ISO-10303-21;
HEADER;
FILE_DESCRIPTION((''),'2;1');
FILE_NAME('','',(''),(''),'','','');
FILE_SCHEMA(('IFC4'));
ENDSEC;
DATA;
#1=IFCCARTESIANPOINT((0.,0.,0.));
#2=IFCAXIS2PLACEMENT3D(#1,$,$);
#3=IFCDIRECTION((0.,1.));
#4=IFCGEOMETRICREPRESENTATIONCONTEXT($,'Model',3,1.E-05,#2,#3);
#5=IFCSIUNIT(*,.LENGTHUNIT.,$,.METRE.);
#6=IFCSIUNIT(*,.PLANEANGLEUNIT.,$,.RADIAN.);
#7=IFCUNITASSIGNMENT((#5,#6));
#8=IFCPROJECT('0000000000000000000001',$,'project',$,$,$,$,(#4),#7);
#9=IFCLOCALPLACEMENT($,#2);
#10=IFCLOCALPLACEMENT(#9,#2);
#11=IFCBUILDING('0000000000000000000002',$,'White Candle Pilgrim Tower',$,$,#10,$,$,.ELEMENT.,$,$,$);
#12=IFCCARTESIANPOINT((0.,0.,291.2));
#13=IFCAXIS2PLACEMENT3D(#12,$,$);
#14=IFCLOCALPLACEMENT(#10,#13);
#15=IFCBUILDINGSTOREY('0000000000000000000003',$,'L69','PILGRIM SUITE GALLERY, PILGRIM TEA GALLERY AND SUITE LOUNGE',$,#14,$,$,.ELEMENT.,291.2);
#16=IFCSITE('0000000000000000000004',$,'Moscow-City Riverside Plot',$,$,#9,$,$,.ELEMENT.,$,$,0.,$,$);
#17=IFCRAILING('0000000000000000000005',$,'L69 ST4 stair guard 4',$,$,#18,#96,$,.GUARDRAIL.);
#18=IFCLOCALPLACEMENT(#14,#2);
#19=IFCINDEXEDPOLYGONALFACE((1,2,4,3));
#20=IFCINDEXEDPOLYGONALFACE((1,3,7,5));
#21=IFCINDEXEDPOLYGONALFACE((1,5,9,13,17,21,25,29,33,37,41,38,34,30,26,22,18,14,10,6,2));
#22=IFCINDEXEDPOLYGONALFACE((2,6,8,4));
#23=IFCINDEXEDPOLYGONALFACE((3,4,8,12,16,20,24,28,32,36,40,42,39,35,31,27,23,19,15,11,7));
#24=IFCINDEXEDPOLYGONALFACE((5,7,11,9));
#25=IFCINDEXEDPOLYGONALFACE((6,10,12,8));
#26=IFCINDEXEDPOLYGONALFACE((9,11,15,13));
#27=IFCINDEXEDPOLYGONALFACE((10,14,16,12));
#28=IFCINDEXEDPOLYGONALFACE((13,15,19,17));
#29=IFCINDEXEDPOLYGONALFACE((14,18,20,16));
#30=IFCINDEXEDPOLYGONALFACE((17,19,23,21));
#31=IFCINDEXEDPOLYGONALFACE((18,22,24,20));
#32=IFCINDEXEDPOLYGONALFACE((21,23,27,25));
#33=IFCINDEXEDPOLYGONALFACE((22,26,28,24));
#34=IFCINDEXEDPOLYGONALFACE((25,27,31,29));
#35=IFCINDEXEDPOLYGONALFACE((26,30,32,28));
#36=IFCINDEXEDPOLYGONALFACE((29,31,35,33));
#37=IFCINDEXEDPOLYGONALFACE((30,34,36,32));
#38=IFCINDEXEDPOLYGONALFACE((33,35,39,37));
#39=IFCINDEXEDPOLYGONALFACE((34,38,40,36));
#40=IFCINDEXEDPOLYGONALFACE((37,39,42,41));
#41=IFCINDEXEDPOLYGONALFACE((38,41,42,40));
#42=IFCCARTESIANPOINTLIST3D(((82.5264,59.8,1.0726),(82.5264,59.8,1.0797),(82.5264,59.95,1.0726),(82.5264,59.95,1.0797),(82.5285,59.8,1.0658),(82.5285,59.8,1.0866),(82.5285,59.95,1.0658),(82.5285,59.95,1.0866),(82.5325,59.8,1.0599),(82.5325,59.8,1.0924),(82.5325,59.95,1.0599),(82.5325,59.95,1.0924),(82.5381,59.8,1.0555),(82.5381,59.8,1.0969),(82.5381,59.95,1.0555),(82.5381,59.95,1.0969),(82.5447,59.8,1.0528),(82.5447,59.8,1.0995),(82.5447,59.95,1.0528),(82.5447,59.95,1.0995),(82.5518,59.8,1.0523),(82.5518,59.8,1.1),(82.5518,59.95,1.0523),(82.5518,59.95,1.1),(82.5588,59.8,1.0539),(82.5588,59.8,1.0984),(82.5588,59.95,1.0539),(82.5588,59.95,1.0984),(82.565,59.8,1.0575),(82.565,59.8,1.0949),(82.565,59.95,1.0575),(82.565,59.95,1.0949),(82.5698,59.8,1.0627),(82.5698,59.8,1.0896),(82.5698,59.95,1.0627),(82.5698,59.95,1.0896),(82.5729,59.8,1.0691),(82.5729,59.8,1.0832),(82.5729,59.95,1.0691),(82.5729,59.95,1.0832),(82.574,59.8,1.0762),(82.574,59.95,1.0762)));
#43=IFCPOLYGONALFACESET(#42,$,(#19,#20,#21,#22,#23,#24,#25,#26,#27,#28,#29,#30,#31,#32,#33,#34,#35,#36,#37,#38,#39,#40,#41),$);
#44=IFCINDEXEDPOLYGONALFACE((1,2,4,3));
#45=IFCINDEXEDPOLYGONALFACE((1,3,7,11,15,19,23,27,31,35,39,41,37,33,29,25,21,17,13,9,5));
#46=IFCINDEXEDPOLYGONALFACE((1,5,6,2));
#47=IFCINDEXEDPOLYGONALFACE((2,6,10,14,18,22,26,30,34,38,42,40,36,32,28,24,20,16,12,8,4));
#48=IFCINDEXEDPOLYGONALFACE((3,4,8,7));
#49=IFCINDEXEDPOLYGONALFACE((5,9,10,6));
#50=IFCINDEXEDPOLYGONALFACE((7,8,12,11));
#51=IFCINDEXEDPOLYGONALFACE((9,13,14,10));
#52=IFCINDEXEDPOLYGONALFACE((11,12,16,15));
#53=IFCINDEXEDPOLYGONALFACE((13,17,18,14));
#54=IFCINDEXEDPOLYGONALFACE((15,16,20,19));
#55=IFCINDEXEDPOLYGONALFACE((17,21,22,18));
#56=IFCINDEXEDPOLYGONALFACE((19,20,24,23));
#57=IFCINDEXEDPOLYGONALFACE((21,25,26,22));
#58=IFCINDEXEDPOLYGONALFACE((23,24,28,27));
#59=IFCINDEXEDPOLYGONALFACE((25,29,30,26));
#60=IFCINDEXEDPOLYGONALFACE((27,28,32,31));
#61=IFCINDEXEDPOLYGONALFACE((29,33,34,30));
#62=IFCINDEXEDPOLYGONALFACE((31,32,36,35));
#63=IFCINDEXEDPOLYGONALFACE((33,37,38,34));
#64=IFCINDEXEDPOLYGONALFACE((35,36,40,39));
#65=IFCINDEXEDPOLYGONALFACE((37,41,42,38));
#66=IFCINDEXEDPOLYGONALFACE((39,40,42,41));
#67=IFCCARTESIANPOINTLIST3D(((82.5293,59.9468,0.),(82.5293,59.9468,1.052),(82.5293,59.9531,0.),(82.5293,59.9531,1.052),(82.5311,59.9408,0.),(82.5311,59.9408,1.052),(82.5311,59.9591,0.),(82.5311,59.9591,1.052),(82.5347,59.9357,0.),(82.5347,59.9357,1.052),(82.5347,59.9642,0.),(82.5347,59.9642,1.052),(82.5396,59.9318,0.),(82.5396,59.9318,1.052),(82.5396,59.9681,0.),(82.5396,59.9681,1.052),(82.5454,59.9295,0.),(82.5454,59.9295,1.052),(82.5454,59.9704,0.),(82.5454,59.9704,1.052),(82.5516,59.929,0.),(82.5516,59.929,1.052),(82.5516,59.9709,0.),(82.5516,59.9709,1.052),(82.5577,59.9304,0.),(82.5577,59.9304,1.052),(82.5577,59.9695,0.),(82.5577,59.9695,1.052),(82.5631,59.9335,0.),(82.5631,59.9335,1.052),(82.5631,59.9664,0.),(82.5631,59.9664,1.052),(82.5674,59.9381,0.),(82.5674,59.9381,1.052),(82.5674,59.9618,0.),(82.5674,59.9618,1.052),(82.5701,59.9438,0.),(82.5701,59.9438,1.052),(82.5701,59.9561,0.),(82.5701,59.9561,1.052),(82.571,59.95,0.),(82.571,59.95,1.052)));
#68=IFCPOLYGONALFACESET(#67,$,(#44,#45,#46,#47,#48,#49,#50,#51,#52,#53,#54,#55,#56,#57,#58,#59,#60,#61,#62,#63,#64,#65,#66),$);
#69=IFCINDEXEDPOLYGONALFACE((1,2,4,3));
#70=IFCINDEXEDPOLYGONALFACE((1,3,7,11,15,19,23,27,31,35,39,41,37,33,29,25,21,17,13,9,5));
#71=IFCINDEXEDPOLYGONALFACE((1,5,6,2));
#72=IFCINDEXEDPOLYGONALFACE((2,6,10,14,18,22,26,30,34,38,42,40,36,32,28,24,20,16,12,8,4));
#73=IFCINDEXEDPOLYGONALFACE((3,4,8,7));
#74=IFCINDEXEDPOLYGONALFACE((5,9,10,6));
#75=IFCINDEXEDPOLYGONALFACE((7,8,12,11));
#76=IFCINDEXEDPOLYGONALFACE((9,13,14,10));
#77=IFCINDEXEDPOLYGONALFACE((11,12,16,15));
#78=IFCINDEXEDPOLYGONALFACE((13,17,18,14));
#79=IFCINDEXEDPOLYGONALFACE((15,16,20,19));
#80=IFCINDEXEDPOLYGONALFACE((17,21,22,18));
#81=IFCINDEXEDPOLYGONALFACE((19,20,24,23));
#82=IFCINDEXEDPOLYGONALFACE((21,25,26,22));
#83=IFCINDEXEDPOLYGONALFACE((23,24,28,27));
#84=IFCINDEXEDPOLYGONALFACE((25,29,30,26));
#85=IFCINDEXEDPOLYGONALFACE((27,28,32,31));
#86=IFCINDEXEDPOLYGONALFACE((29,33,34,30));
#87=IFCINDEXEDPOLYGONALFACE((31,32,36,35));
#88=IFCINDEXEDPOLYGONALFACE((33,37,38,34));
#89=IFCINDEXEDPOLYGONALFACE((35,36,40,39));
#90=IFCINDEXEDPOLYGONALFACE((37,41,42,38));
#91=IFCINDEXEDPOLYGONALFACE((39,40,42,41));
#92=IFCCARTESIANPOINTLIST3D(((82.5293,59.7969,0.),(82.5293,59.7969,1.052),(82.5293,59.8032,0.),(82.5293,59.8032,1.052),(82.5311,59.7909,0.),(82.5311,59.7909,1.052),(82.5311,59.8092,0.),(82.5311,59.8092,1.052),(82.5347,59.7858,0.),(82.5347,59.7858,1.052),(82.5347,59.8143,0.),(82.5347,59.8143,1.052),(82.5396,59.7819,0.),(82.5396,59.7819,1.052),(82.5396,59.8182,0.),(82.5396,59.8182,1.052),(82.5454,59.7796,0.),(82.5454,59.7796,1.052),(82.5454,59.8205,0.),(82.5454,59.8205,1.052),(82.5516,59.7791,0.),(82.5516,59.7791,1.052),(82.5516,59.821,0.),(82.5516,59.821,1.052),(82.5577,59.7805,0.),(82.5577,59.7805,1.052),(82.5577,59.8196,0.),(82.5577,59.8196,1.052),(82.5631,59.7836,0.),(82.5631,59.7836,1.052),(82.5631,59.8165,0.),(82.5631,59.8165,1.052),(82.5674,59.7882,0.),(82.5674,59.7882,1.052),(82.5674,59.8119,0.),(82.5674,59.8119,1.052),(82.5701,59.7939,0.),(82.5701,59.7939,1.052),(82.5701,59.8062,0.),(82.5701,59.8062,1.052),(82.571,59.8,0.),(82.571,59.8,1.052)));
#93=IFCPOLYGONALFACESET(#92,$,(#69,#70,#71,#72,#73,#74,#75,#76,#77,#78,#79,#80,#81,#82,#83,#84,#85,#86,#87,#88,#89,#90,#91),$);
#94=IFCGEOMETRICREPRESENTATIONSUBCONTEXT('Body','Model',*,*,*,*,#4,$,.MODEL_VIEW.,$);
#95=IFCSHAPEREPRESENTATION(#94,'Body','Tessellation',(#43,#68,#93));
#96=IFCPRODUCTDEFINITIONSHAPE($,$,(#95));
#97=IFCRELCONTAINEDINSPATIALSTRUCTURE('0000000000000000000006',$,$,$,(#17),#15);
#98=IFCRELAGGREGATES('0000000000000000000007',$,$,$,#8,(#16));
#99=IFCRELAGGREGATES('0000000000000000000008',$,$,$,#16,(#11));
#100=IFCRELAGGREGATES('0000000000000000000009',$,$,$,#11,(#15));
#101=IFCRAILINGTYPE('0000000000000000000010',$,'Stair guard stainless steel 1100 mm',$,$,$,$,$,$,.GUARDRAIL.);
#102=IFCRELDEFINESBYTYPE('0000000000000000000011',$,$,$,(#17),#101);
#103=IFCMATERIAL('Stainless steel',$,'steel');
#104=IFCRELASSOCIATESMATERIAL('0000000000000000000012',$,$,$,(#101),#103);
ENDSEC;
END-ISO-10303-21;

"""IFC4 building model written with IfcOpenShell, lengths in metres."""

from ifc_helpers import new_model, si_unit, direction, frame, origin, origin_2d, place, context, subcontext, project, spatial, circle, extrude, material, type_object, element, save


model = new_model("IFC4")

# Units and contexts
model_context = context("Model", 3, precision=1e-05, world=origin(), true_north=direction((0.0, 1.0)))
body_context = subcontext(model_context, "Body", "Model", "MODEL_VIEW")
ifc_project = project(units=[si_unit("LENGTHUNIT", "METRE"), si_unit("PLANEANGLEUNIT", "RADIAN")], contexts=[model_context])

# Site, building, storey
site_placement = place(None, origin())
site = spatial("IfcSite", under=ifc_project, at=site_placement, Name="Moscow-City Riverside Plot", CompositionType="ELEMENT", RefElevation=0.0)
building_placement = place(site_placement, origin())
building = spatial("IfcBuilding", under=site, at=building_placement, Name="White Candle Pilgrim Tower", CompositionType="ELEMENT")
storey_placement = place(building_placement, frame((0.0, 0.0, 291.2)))
storey = spatial("IfcBuildingStorey", under=building, at=storey_placement, Name="L69", Description="PILGRIM SUITE GALLERY, PILGRIM TEA GALLERY AND SUITE LOUNGE", CompositionType="ELEMENT", Elevation=291.2)

# Railing
ifc_material_1 = material(Name="Stainless steel", Category="steel")
railing_type = type_object("IfcRailingType", Name="Stair guard stainless steel 1100 mm", PredefinedType="GUARDRAIL", material=ifc_material_1)
railing_1_placement = place(storey_placement, frame((82.55, 59.95, 0.0)))
element("IfcRailing", 1, at=railing_1_placement, inside=storey, type_object=railing_type, Name="L69 ST4 stair guard 4", PredefinedType="GUARDRAIL", context=body_context, shape_type="SweptSolid", body=[
    extrude(circle(Radius=0.0239, at=origin_2d()), frame((0.0, 0.0, 1.0762), z_axis=(0.0, -1.0, 0.0), x_axis=(1.0, 0.0, 0.0)), (0.0, 0.0, 1.0), 0.1499),
    extrude(circle(Radius=0.021, at=origin_2d()), origin(), (0.0, 0.0, 1.0), 1.052),
    extrude(circle(Radius=0.021, at=origin_2d()), frame((0.0, -0.1499, 0.0)), (0.0, 0.0, 1.0), 1.052),
])

save(model, "model.ifc")
